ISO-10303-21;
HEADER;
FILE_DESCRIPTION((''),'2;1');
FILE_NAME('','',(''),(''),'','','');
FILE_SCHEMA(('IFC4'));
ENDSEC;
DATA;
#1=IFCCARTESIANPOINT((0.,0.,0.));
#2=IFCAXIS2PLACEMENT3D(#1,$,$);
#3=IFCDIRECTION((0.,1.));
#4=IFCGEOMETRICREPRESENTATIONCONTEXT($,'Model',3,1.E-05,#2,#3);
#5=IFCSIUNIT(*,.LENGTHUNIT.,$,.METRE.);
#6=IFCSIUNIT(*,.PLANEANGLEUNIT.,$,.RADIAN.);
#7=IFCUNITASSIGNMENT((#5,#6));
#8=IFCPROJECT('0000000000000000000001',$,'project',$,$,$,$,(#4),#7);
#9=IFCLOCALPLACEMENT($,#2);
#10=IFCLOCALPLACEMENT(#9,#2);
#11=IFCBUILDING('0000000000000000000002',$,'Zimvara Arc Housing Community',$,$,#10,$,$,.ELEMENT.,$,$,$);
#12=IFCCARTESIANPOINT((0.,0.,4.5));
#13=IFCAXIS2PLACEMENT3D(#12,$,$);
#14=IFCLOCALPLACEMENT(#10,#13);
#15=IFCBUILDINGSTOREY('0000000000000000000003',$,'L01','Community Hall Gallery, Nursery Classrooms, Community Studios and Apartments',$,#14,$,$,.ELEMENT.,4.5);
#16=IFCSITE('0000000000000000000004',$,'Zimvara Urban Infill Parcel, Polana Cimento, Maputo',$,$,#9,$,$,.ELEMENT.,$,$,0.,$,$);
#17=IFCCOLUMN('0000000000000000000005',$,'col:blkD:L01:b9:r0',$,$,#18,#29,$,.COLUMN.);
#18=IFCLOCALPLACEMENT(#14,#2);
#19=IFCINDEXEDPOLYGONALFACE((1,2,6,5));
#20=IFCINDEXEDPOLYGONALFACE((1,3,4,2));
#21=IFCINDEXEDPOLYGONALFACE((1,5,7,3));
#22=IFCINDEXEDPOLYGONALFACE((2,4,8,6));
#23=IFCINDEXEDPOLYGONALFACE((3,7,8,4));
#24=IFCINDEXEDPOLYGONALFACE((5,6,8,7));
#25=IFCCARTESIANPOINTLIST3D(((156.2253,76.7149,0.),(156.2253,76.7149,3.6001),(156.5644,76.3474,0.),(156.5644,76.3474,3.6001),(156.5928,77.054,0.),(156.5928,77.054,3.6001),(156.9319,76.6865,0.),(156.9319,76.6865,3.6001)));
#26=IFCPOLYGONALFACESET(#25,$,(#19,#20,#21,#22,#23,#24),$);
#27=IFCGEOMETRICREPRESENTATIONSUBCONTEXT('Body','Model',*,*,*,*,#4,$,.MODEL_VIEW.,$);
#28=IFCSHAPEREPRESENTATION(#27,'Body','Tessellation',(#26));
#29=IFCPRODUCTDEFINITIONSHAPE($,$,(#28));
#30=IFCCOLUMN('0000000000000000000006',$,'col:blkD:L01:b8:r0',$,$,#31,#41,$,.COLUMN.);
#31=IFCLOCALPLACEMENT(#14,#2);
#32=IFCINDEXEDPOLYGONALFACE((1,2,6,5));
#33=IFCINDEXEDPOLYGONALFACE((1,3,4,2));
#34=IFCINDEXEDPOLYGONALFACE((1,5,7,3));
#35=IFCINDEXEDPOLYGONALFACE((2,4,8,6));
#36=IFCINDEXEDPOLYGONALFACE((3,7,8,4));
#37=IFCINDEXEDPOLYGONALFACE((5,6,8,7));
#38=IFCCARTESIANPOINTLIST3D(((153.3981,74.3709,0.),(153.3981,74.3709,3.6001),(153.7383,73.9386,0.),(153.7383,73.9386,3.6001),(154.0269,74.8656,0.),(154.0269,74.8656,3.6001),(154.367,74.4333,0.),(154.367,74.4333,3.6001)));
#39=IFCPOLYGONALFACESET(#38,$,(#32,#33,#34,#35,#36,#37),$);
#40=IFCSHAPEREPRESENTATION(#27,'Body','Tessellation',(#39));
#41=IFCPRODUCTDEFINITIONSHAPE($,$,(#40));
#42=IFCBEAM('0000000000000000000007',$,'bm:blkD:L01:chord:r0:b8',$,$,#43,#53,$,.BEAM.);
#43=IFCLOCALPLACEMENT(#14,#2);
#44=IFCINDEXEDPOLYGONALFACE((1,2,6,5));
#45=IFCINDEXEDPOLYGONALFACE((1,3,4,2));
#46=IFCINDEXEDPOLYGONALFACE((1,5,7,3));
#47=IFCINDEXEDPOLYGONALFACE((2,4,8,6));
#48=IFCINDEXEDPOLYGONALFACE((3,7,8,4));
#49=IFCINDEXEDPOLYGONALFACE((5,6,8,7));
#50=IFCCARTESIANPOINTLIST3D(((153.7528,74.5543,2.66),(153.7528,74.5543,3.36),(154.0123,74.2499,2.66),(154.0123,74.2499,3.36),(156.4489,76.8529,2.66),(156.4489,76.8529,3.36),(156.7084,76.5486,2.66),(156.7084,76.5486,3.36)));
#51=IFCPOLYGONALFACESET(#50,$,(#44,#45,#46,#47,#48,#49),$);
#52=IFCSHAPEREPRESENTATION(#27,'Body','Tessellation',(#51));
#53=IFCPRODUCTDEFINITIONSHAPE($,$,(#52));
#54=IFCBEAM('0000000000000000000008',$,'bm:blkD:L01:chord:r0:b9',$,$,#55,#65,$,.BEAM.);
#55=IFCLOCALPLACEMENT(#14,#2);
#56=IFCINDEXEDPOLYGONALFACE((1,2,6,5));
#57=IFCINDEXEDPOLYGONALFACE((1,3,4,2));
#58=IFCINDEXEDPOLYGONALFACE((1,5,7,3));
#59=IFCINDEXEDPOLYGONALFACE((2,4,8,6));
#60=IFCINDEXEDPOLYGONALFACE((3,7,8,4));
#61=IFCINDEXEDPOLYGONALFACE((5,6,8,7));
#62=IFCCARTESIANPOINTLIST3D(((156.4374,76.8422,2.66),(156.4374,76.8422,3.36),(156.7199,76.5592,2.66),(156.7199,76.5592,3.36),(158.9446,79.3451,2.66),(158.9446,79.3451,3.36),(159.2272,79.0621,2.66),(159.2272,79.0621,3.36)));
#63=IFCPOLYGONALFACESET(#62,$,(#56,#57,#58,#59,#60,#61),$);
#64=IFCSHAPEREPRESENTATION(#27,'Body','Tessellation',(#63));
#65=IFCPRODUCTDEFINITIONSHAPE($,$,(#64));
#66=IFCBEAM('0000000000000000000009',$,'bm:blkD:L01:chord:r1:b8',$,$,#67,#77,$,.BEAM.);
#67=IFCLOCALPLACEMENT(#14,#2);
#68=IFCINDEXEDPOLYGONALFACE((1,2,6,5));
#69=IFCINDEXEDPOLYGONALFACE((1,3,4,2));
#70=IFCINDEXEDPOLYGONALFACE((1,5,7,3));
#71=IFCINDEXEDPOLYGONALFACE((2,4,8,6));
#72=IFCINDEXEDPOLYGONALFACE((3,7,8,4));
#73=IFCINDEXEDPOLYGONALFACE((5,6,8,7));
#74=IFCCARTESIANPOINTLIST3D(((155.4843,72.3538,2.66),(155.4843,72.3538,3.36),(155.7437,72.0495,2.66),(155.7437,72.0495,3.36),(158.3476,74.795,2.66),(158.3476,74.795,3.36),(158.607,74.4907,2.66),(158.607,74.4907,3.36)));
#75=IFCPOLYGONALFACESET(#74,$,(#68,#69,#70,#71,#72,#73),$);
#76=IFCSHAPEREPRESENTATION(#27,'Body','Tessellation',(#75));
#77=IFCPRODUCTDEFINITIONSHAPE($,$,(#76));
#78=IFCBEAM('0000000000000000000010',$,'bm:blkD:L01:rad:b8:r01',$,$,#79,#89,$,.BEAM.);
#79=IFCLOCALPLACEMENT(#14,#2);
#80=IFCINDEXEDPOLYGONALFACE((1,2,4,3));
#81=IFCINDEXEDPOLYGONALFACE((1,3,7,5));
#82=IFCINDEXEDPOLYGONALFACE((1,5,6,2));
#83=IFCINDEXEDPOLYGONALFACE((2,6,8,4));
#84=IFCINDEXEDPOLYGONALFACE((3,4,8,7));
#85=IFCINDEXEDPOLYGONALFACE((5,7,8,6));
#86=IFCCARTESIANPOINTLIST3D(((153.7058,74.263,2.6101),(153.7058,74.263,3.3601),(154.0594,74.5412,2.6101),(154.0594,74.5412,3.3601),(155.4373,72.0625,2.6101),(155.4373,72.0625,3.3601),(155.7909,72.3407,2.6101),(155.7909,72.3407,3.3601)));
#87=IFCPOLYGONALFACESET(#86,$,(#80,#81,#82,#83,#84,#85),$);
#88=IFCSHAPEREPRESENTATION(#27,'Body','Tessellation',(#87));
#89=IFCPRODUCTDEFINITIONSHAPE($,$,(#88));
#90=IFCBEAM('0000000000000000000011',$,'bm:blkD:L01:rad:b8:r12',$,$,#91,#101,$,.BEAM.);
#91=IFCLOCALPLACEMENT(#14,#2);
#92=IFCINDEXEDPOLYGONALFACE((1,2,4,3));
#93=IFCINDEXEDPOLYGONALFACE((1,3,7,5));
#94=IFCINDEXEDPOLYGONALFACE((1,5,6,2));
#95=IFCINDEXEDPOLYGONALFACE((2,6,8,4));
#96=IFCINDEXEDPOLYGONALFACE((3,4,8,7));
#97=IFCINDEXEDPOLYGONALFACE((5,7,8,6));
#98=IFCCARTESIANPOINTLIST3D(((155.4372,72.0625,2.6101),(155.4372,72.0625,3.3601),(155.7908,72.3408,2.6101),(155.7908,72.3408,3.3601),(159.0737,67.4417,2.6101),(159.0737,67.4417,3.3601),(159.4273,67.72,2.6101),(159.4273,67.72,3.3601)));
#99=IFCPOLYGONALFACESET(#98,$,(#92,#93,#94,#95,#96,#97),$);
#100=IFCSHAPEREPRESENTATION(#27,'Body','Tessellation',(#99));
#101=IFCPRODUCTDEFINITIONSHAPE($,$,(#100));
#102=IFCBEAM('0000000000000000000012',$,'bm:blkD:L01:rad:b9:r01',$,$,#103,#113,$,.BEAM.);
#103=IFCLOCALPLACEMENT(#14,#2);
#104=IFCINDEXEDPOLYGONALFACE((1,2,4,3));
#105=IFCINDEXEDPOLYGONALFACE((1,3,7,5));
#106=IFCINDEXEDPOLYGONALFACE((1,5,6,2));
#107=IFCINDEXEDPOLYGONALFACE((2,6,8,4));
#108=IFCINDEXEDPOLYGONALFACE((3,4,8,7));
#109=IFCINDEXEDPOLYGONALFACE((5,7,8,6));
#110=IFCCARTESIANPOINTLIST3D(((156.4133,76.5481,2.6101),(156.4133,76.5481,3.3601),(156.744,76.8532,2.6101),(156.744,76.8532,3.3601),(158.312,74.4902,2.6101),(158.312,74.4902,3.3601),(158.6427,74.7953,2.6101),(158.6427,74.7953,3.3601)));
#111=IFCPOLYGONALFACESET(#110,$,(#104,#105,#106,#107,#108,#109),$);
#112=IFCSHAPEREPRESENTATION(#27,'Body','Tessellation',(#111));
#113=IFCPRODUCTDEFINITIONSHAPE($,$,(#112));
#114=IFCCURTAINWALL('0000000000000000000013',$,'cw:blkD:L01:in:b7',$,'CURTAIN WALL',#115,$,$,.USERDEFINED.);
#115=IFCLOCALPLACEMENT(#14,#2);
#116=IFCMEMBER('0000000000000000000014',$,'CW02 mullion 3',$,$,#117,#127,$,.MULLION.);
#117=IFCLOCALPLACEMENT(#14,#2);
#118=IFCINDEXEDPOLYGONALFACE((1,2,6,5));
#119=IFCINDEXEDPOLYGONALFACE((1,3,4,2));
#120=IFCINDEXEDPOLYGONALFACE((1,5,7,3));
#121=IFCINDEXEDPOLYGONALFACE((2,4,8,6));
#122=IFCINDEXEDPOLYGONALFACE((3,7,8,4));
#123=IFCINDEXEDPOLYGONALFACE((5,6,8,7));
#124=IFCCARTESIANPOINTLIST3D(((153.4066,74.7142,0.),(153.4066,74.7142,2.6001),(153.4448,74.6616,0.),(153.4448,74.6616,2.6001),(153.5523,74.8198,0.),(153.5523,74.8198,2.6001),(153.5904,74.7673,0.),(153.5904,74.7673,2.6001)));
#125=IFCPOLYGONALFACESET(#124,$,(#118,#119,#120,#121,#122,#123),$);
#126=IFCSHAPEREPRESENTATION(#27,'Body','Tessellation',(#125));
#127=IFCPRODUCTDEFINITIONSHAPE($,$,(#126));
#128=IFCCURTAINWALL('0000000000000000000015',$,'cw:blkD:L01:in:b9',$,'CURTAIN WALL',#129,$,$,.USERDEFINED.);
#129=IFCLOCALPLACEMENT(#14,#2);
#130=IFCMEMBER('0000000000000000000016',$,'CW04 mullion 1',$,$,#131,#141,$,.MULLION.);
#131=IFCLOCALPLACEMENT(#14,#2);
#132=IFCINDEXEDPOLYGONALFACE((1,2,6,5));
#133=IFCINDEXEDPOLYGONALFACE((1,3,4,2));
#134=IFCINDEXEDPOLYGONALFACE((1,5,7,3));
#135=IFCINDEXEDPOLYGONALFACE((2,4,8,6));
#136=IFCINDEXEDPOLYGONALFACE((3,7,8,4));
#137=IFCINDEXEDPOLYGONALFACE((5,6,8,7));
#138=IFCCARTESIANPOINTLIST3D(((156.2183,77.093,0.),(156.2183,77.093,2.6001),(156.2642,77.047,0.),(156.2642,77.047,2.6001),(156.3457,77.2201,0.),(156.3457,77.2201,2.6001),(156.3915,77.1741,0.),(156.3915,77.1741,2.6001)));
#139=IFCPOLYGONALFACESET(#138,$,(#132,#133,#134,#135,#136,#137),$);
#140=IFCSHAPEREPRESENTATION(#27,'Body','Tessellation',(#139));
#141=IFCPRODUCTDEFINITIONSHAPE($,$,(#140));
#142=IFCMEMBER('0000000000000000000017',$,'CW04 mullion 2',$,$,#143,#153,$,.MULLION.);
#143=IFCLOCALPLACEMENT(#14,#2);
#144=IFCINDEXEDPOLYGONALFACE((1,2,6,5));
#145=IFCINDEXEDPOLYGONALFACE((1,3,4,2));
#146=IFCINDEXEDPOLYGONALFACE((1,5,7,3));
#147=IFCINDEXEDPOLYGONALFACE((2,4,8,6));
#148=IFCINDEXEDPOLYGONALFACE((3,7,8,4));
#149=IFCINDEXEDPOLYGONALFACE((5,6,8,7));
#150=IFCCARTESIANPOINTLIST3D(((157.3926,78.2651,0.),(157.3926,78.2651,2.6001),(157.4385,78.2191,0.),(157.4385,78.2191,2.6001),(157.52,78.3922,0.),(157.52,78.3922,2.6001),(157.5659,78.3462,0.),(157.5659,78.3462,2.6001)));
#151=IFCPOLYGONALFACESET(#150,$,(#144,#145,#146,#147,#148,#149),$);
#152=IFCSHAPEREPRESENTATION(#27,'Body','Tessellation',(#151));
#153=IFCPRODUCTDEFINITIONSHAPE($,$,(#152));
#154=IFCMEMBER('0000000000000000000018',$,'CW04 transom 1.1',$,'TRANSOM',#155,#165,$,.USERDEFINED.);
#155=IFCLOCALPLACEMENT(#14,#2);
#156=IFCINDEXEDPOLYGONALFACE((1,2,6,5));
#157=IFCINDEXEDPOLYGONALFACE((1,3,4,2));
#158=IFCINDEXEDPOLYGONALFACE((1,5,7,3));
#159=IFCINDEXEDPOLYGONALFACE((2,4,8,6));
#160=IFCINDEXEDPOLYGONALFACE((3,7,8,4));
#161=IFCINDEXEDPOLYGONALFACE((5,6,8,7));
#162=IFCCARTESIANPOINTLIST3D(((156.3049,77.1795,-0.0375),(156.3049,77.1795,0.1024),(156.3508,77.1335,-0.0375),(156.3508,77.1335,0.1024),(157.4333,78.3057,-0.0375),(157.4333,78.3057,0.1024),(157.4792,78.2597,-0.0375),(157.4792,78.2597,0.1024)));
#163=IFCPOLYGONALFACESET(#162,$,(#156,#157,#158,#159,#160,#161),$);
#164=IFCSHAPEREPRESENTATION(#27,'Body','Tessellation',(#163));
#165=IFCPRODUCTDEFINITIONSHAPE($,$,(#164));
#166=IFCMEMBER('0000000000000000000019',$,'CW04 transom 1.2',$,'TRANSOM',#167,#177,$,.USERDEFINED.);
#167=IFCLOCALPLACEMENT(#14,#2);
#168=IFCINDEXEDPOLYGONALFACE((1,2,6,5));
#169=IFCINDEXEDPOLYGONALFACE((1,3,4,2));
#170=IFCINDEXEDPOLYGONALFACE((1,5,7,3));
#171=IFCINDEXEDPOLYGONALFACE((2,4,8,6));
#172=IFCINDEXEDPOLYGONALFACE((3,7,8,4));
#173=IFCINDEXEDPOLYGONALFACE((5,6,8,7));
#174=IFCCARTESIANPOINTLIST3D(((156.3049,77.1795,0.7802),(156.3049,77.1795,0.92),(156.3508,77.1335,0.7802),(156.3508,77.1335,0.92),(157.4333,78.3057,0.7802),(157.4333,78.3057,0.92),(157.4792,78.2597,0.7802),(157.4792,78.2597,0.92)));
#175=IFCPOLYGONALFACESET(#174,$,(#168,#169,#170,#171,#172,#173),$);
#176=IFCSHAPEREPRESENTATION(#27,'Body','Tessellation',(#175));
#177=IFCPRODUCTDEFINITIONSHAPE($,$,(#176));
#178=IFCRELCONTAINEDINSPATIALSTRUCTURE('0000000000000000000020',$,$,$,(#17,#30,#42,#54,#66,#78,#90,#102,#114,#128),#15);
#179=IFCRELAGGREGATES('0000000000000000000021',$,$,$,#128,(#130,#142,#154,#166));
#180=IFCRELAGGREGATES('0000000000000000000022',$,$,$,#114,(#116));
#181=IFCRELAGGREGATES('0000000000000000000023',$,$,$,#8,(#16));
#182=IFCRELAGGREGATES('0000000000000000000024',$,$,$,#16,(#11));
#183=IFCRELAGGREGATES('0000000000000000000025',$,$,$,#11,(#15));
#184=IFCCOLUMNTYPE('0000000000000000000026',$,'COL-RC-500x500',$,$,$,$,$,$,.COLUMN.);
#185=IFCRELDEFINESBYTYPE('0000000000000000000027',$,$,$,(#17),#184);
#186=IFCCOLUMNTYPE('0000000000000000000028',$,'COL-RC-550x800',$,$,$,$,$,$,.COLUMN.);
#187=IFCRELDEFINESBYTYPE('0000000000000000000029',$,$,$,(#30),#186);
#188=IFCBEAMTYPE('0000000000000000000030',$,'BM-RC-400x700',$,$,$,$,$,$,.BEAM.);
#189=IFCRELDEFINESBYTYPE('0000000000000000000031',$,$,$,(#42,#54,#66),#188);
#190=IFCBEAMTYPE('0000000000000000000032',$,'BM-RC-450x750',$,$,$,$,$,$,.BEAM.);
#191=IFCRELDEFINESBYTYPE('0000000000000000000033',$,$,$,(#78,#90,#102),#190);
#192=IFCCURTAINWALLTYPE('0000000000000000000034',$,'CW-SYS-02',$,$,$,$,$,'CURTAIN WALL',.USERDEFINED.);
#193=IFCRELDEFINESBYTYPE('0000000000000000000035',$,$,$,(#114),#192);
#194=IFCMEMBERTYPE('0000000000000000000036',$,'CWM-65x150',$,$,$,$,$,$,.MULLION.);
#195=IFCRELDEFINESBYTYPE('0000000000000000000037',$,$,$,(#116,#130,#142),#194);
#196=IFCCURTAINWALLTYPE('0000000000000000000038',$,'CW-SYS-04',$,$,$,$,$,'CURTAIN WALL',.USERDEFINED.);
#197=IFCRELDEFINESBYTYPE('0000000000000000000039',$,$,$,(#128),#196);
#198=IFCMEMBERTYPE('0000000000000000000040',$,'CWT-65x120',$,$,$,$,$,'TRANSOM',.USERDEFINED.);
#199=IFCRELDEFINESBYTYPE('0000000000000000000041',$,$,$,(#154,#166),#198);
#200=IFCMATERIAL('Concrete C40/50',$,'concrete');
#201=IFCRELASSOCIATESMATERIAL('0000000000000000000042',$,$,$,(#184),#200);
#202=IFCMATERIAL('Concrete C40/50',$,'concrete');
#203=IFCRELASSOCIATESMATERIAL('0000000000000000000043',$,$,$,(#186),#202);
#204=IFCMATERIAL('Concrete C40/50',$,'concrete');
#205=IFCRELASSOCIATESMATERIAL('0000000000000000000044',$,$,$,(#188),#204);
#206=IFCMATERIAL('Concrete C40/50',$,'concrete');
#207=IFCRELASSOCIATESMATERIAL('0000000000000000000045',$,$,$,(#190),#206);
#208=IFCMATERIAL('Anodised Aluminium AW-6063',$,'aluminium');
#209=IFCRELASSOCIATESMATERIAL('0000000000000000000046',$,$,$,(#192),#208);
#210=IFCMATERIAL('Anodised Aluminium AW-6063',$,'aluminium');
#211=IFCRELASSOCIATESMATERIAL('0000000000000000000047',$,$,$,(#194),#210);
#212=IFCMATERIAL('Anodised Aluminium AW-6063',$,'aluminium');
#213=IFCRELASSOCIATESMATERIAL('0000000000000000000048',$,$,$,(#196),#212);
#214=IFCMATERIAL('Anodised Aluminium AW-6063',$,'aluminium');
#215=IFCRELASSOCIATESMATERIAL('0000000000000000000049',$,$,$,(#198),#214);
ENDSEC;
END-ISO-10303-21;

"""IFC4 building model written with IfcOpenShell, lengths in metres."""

from ifc_helpers import new_model, si_unit, direction, frame, origin, origin_2d, place, context, subcontext, project, spatial, rectangle, extrude, material, material_profile, profile_set, type_object, element, aggregate, save


model = new_model("IFC4")

# Units and contexts
model_context = context("Model", 3, precision=1e-05, world=origin(), true_north=direction((0.0, 1.0)))
body_context = subcontext(model_context, "Body", "Model", "MODEL_VIEW")
ifc_project = project(units=[si_unit("LENGTHUNIT", "METRE"), si_unit("PLANEANGLEUNIT", "RADIAN")], contexts=[model_context])

# Site, building, storey
site_placement = place(None, origin())
site = spatial("IfcSite", under=ifc_project, at=site_placement, Name="Zimvara Urban Infill Parcel, Polana Cimento, Maputo", CompositionType="ELEMENT", RefElevation=0.0)
building_placement = place(site_placement, origin())
building = spatial("IfcBuilding", under=site, at=building_placement, Name="Zimvara Arc Housing Community", CompositionType="ELEMENT")
storey_placement = place(building_placement, frame((0.0, 0.0, 4.5)))
storey = spatial("IfcBuildingStorey", under=building, at=storey_placement, Name="L01", Description="Community Hall Gallery, Nursery Classrooms, Community Studios and Apartments", CompositionType="ELEMENT", Elevation=4.5)

# Columns
ifc_material_1 = material(Name="Concrete C40/50", Category="concrete")
ifc_material_profile_1 = material_profile(ifc_material_1, rectangle(XDim=0.5, YDim=0.5, at=origin_2d()), Name="RC 500x500")
ifc_profile_set_1 = profile_set([ifc_material_profile_1], Name="Concrete C40/50")
column_type_1 = type_object("IfcColumnType", Name="COL-RC-500x500", PredefinedType="COLUMN", material=ifc_profile_set_1)
column_1_placement = place(storey_placement, frame((156.5786, 76.7007, 0.0), z_axis=(0.0, 0.0, 1.0), x_axis=(0.67816, -0.734915, 0.0)))
element("IfcColumn", 1, at=column_1_placement, inside=storey, type_object=column_type_1, Name="col:blkD:L01:b9:r0", PredefinedType="COLUMN", context=body_context, shape_type="SweptSolid", body=[
    extrude(rectangle(XDim=0.5, YDim=0.5, at=origin_2d()), origin(), (0.0, 0.0, 1.0), 3.6001),
])
ifc_material_2 = material(Name="Concrete C40/50", Category="concrete")
ifc_material_profile_2 = material_profile(ifc_material_2, rectangle(XDim=0.55, YDim=0.8, at=origin_2d()), Name="RC 550x800")
ifc_profile_set_2 = profile_set([ifc_material_profile_2], Name="Concrete C40/50")
column_type_2 = type_object("IfcColumnType", Name="COL-RC-550x800", PredefinedType="COLUMN", material=ifc_profile_set_2)
column_2_placement = place(storey_placement, frame((153.8826, 74.4021, 0.0), z_axis=(0.0, 0.0, 1.0), x_axis=(0.618408, -0.785857, 0.0)))
element("IfcColumn", 2, at=column_2_placement, inside=storey, type_object=column_type_2, Name="col:blkD:L01:b8:r0", PredefinedType="COLUMN", context=body_context, shape_type="SweptSolid", body=[
    extrude(rectangle(XDim=0.55, YDim=0.8, at=origin_2d()), origin(), (0.0, 0.0, 1.0), 3.6001),
])

# Beams
ifc_material_3 = material(Name="Concrete C40/50", Category="concrete")
ifc_material_profile_3 = material_profile(ifc_material_3, rectangle(XDim=0.3999, YDim=0.7, at=origin_2d()), Name="RC 400x700")
ifc_profile_set_3 = profile_set([ifc_material_profile_3], Name="Concrete C40/50")
beam_type_1 = type_object("IfcBeamType", Name="BM-RC-400x700", PredefinedType="BEAM", material=ifc_profile_set_3)
beam_1_placement = place(storey_placement, frame((153.8826, 74.4021, 3.01), z_axis=(0.760971, 0.648786, 0.0), x_axis=(-0.648786, 0.760971, 0.0)))
element("IfcBeam", 3, at=beam_1_placement, inside=storey, type_object=beam_type_1, Name="bm:blkD:L01:chord:r0:b8", PredefinedType="BEAM", context=body_context, shape_type="SweptSolid", body=[
    extrude(rectangle(XDim=0.3999, YDim=0.7, at=origin_2d()), origin(), (0.0, 0.0, 1.0), 3.543),
])
beam_2_placement = place(storey_placement, frame((156.5786, 76.7007, 3.01), z_axis=(0.707727, 0.706486, 0.0), x_axis=(-0.706486, 0.707727, 0.0)))
element("IfcBeam", 4, at=beam_2_placement, inside=storey, type_object=beam_type_1, Name="bm:blkD:L01:chord:r0:b9", PredefinedType="BEAM", context=body_context, shape_type="SweptSolid", body=[
    extrude(rectangle(XDim=0.3999, YDim=0.7, at=origin_2d()), origin(), (0.0, 0.0, 1.0), 3.5427),
])
beam_3_placement = place(storey_placement, frame((155.614, 72.2017, 3.01), z_axis=(0.760972, 0.648785, 0.0), x_axis=(-0.648785, 0.760972, 0.0)))
element("IfcBeam", 5, at=beam_3_placement, inside=storey, type_object=beam_type_1, Name="bm:blkD:L01:chord:r1:b8", PredefinedType="BEAM", context=body_context, shape_type="SweptSolid", body=[
    extrude(rectangle(XDim=0.3999, YDim=0.7, at=origin_2d()), origin(), (0.0, 0.0, 1.0), 3.7627),
])
ifc_material_4 = material(Name="Concrete C40/50", Category="concrete")
ifc_material_profile_4 = material_profile(ifc_material_4, rectangle(XDim=0.45, YDim=0.75, at=origin_2d()), Name="RC 450x750")
ifc_profile_set_4 = profile_set([ifc_material_profile_4], Name="Concrete C40/50")
beam_type_2 = type_object("IfcBeamType", Name="BM-RC-450x750", PredefinedType="BEAM", material=ifc_profile_set_4)
beam_4_placement = place(storey_placement, frame((153.8826, 74.4021, 2.9851), z_axis=(0.61838, -0.785879, 0.0), x_axis=(0.785879, 0.61838, 0.0)))
element("IfcBeam", 6, at=beam_4_placement, inside=storey, type_object=beam_type_2, Name="bm:blkD:L01:rad:b8:r01", PredefinedType="BEAM", context=body_context, shape_type="SweptSolid", body=[
    extrude(rectangle(XDim=0.45, YDim=0.75, at=origin_2d()), origin(), (0.0, 0.0, 1.0), 2.8),
])
beam_5_placement = place(storey_placement, frame((155.614, 72.2017, 2.9851), z_axis=(0.618432, -0.785838, 0.0), x_axis=(0.785838, 0.618432, 0.0)))
element("IfcBeam", 7, at=beam_5_placement, inside=storey, type_object=beam_type_2, Name="bm:blkD:L01:rad:b8:r12", PredefinedType="BEAM", context=body_context, shape_type="SweptSolid", body=[
    extrude(rectangle(XDim=0.45, YDim=0.75, at=origin_2d()), origin(), (0.0, 0.0, 1.0), 5.8801),
])
beam_6_placement = place(storey_placement, frame((156.5786, 76.7007, 2.9851), z_axis=(0.67811, -0.734961, 0.0), x_axis=(0.734961, 0.67811, 0.0)))
element("IfcBeam", 8, at=beam_6_placement, inside=storey, type_object=beam_type_2, Name="bm:blkD:L01:rad:b9:r01", PredefinedType="BEAM", context=body_context, shape_type="SweptSolid", body=[
    extrude(rectangle(XDim=0.45, YDim=0.75, at=origin_2d()), origin(), (0.0, 0.0, 1.0), 2.8),
])

# Curtain wall, member
ifc_material_5 = material(Name="Anodised Aluminium AW-6063", Category="aluminium")
curtain_wall_type_1 = type_object("IfcCurtainWallType", Name="CW-SYS-02", ElementType="CURTAIN WALL", PredefinedType="USERDEFINED", material=ifc_material_5)
curtain_wall_1_placement = place(storey_placement, origin())
curtain_wall_1 = element("IfcCurtainWall", 9, at=curtain_wall_1_placement, inside=storey, type_object=curtain_wall_type_1, Name="cw:blkD:L01:in:b7", ObjectType="CURTAIN WALL", PredefinedType="USERDEFINED")
ifc_material_6 = material(Name="Anodised Aluminium AW-6063", Category="aluminium")
ifc_material_profile_5 = material_profile(ifc_material_6, rectangle(XDim=0.0649, YDim=0.1799, at=origin_2d()), Name="ALU 65x180")
ifc_profile_set_5 = profile_set([ifc_material_profile_5], Name="Anodised Aluminium AW-6063")
member_type_1 = type_object("IfcMemberType", Name="CWM-65x150", PredefinedType="MULLION", material=ifc_profile_set_5)
member_1_placement = place(storey_placement, frame((153.4985, 74.7407, 0.0), z_axis=(0.0, 0.0, 1.0), x_axis=(-0.587079, 0.809529, 0.0)))
member_1 = element("IfcMember", 10, at=member_1_placement, type_object=member_type_1, Name="CW02 mullion 3", PredefinedType="MULLION", context=body_context, shape_type="SweptSolid", body=[
    extrude(rectangle(XDim=0.0649, YDim=0.1799, at=origin_2d()), origin(), (0.0, 0.0, 1.0), 2.6001),
])

# Curtain wall, members
ifc_material_7 = material(Name="Anodised Aluminium AW-6063", Category="aluminium")
curtain_wall_type_2 = type_object("IfcCurtainWallType", Name="CW-SYS-04", ElementType="CURTAIN WALL", PredefinedType="USERDEFINED", material=ifc_material_7)
curtain_wall_2_placement = place(storey_placement, origin())
curtain_wall_2 = element("IfcCurtainWall", 11, at=curtain_wall_2_placement, inside=storey, type_object=curtain_wall_type_2, Name="cw:blkD:L01:in:b9", ObjectType="CURTAIN WALL", PredefinedType="USERDEFINED")
member_2_placement = place(storey_placement, frame((156.3049, 77.1335, 0.0), z_axis=(0.0, 0.0, 1.0), x_axis=(-0.70649, 0.707723, 0.0)))
member_2 = element("IfcMember", 12, at=member_2_placement, type_object=member_type_1, Name="CW04 mullion 1", PredefinedType="MULLION", context=body_context, shape_type="SweptSolid", body=[
    extrude(rectangle(XDim=0.0649, YDim=0.1799, at=origin_2d()), origin(), (0.0, 0.0, 1.0), 2.6001),
])
member_3_placement = place(storey_placement, frame((157.4792, 78.3057, 0.0), z_axis=(0.0, 0.0, 1.0), x_axis=(-0.70649, 0.707723, 0.0)))
member_3 = element("IfcMember", 13, at=member_3_placement, type_object=member_type_1, Name="CW04 mullion 2", PredefinedType="MULLION", context=body_context, shape_type="SweptSolid", body=[
    extrude(rectangle(XDim=0.0649, YDim=0.1799, at=origin_2d()), origin(), (0.0, 0.0, 1.0), 2.6001),
])
ifc_material_8 = material(Name="Anodised Aluminium AW-6063", Category="aluminium")
ifc_material_profile_6 = material_profile(ifc_material_8, rectangle(XDim=0.0649, YDim=0.1399, at=origin_2d()), Name="ALU 65x140")
ifc_profile_set_6 = profile_set([ifc_material_profile_6], Name="Anodised Aluminium AW-6063")
member_type_2 = type_object("IfcMemberType", Name="CWT-65x120", ElementType="TRANSOM", PredefinedType="USERDEFINED", material=ifc_profile_set_6)
member_4_placement = place(storey_placement, frame((156.3279, 77.1565, 0.0325), z_axis=(0.707796, 0.706417, 0.0), x_axis=(-0.706417, 0.707796, 0.0)))
member_4 = element("IfcMember", 14, at=member_4_placement, type_object=member_type_2, Name="CW04 transom 1.1", ObjectType="TRANSOM", PredefinedType="USERDEFINED", context=body_context, shape_type="SweptSolid", body=[
    extrude(rectangle(XDim=0.0649, YDim=0.1399, at=origin_2d()), origin(), (0.0, 0.0, 1.0), 1.5942),
])
member_5_placement = place(storey_placement, frame((156.3279, 77.1565, 0.8501), z_axis=(0.707796, 0.706417, 0.0), x_axis=(-0.706417, 0.707796, 0.0)))
member_5 = element("IfcMember", 15, at=member_5_placement, type_object=member_type_2, Name="CW04 transom 1.2", ObjectType="TRANSOM", PredefinedType="USERDEFINED", context=body_context, shape_type="SweptSolid", body=[
    extrude(rectangle(XDim=0.0649, YDim=0.1399, at=origin_2d()), origin(), (0.0, 0.0, 1.0), 1.5942),
])
aggregate(curtain_wall_2, [member_2, member_3, member_4, member_5])

aggregate(curtain_wall_1, [member_1])

save(model, "model.ifc")
